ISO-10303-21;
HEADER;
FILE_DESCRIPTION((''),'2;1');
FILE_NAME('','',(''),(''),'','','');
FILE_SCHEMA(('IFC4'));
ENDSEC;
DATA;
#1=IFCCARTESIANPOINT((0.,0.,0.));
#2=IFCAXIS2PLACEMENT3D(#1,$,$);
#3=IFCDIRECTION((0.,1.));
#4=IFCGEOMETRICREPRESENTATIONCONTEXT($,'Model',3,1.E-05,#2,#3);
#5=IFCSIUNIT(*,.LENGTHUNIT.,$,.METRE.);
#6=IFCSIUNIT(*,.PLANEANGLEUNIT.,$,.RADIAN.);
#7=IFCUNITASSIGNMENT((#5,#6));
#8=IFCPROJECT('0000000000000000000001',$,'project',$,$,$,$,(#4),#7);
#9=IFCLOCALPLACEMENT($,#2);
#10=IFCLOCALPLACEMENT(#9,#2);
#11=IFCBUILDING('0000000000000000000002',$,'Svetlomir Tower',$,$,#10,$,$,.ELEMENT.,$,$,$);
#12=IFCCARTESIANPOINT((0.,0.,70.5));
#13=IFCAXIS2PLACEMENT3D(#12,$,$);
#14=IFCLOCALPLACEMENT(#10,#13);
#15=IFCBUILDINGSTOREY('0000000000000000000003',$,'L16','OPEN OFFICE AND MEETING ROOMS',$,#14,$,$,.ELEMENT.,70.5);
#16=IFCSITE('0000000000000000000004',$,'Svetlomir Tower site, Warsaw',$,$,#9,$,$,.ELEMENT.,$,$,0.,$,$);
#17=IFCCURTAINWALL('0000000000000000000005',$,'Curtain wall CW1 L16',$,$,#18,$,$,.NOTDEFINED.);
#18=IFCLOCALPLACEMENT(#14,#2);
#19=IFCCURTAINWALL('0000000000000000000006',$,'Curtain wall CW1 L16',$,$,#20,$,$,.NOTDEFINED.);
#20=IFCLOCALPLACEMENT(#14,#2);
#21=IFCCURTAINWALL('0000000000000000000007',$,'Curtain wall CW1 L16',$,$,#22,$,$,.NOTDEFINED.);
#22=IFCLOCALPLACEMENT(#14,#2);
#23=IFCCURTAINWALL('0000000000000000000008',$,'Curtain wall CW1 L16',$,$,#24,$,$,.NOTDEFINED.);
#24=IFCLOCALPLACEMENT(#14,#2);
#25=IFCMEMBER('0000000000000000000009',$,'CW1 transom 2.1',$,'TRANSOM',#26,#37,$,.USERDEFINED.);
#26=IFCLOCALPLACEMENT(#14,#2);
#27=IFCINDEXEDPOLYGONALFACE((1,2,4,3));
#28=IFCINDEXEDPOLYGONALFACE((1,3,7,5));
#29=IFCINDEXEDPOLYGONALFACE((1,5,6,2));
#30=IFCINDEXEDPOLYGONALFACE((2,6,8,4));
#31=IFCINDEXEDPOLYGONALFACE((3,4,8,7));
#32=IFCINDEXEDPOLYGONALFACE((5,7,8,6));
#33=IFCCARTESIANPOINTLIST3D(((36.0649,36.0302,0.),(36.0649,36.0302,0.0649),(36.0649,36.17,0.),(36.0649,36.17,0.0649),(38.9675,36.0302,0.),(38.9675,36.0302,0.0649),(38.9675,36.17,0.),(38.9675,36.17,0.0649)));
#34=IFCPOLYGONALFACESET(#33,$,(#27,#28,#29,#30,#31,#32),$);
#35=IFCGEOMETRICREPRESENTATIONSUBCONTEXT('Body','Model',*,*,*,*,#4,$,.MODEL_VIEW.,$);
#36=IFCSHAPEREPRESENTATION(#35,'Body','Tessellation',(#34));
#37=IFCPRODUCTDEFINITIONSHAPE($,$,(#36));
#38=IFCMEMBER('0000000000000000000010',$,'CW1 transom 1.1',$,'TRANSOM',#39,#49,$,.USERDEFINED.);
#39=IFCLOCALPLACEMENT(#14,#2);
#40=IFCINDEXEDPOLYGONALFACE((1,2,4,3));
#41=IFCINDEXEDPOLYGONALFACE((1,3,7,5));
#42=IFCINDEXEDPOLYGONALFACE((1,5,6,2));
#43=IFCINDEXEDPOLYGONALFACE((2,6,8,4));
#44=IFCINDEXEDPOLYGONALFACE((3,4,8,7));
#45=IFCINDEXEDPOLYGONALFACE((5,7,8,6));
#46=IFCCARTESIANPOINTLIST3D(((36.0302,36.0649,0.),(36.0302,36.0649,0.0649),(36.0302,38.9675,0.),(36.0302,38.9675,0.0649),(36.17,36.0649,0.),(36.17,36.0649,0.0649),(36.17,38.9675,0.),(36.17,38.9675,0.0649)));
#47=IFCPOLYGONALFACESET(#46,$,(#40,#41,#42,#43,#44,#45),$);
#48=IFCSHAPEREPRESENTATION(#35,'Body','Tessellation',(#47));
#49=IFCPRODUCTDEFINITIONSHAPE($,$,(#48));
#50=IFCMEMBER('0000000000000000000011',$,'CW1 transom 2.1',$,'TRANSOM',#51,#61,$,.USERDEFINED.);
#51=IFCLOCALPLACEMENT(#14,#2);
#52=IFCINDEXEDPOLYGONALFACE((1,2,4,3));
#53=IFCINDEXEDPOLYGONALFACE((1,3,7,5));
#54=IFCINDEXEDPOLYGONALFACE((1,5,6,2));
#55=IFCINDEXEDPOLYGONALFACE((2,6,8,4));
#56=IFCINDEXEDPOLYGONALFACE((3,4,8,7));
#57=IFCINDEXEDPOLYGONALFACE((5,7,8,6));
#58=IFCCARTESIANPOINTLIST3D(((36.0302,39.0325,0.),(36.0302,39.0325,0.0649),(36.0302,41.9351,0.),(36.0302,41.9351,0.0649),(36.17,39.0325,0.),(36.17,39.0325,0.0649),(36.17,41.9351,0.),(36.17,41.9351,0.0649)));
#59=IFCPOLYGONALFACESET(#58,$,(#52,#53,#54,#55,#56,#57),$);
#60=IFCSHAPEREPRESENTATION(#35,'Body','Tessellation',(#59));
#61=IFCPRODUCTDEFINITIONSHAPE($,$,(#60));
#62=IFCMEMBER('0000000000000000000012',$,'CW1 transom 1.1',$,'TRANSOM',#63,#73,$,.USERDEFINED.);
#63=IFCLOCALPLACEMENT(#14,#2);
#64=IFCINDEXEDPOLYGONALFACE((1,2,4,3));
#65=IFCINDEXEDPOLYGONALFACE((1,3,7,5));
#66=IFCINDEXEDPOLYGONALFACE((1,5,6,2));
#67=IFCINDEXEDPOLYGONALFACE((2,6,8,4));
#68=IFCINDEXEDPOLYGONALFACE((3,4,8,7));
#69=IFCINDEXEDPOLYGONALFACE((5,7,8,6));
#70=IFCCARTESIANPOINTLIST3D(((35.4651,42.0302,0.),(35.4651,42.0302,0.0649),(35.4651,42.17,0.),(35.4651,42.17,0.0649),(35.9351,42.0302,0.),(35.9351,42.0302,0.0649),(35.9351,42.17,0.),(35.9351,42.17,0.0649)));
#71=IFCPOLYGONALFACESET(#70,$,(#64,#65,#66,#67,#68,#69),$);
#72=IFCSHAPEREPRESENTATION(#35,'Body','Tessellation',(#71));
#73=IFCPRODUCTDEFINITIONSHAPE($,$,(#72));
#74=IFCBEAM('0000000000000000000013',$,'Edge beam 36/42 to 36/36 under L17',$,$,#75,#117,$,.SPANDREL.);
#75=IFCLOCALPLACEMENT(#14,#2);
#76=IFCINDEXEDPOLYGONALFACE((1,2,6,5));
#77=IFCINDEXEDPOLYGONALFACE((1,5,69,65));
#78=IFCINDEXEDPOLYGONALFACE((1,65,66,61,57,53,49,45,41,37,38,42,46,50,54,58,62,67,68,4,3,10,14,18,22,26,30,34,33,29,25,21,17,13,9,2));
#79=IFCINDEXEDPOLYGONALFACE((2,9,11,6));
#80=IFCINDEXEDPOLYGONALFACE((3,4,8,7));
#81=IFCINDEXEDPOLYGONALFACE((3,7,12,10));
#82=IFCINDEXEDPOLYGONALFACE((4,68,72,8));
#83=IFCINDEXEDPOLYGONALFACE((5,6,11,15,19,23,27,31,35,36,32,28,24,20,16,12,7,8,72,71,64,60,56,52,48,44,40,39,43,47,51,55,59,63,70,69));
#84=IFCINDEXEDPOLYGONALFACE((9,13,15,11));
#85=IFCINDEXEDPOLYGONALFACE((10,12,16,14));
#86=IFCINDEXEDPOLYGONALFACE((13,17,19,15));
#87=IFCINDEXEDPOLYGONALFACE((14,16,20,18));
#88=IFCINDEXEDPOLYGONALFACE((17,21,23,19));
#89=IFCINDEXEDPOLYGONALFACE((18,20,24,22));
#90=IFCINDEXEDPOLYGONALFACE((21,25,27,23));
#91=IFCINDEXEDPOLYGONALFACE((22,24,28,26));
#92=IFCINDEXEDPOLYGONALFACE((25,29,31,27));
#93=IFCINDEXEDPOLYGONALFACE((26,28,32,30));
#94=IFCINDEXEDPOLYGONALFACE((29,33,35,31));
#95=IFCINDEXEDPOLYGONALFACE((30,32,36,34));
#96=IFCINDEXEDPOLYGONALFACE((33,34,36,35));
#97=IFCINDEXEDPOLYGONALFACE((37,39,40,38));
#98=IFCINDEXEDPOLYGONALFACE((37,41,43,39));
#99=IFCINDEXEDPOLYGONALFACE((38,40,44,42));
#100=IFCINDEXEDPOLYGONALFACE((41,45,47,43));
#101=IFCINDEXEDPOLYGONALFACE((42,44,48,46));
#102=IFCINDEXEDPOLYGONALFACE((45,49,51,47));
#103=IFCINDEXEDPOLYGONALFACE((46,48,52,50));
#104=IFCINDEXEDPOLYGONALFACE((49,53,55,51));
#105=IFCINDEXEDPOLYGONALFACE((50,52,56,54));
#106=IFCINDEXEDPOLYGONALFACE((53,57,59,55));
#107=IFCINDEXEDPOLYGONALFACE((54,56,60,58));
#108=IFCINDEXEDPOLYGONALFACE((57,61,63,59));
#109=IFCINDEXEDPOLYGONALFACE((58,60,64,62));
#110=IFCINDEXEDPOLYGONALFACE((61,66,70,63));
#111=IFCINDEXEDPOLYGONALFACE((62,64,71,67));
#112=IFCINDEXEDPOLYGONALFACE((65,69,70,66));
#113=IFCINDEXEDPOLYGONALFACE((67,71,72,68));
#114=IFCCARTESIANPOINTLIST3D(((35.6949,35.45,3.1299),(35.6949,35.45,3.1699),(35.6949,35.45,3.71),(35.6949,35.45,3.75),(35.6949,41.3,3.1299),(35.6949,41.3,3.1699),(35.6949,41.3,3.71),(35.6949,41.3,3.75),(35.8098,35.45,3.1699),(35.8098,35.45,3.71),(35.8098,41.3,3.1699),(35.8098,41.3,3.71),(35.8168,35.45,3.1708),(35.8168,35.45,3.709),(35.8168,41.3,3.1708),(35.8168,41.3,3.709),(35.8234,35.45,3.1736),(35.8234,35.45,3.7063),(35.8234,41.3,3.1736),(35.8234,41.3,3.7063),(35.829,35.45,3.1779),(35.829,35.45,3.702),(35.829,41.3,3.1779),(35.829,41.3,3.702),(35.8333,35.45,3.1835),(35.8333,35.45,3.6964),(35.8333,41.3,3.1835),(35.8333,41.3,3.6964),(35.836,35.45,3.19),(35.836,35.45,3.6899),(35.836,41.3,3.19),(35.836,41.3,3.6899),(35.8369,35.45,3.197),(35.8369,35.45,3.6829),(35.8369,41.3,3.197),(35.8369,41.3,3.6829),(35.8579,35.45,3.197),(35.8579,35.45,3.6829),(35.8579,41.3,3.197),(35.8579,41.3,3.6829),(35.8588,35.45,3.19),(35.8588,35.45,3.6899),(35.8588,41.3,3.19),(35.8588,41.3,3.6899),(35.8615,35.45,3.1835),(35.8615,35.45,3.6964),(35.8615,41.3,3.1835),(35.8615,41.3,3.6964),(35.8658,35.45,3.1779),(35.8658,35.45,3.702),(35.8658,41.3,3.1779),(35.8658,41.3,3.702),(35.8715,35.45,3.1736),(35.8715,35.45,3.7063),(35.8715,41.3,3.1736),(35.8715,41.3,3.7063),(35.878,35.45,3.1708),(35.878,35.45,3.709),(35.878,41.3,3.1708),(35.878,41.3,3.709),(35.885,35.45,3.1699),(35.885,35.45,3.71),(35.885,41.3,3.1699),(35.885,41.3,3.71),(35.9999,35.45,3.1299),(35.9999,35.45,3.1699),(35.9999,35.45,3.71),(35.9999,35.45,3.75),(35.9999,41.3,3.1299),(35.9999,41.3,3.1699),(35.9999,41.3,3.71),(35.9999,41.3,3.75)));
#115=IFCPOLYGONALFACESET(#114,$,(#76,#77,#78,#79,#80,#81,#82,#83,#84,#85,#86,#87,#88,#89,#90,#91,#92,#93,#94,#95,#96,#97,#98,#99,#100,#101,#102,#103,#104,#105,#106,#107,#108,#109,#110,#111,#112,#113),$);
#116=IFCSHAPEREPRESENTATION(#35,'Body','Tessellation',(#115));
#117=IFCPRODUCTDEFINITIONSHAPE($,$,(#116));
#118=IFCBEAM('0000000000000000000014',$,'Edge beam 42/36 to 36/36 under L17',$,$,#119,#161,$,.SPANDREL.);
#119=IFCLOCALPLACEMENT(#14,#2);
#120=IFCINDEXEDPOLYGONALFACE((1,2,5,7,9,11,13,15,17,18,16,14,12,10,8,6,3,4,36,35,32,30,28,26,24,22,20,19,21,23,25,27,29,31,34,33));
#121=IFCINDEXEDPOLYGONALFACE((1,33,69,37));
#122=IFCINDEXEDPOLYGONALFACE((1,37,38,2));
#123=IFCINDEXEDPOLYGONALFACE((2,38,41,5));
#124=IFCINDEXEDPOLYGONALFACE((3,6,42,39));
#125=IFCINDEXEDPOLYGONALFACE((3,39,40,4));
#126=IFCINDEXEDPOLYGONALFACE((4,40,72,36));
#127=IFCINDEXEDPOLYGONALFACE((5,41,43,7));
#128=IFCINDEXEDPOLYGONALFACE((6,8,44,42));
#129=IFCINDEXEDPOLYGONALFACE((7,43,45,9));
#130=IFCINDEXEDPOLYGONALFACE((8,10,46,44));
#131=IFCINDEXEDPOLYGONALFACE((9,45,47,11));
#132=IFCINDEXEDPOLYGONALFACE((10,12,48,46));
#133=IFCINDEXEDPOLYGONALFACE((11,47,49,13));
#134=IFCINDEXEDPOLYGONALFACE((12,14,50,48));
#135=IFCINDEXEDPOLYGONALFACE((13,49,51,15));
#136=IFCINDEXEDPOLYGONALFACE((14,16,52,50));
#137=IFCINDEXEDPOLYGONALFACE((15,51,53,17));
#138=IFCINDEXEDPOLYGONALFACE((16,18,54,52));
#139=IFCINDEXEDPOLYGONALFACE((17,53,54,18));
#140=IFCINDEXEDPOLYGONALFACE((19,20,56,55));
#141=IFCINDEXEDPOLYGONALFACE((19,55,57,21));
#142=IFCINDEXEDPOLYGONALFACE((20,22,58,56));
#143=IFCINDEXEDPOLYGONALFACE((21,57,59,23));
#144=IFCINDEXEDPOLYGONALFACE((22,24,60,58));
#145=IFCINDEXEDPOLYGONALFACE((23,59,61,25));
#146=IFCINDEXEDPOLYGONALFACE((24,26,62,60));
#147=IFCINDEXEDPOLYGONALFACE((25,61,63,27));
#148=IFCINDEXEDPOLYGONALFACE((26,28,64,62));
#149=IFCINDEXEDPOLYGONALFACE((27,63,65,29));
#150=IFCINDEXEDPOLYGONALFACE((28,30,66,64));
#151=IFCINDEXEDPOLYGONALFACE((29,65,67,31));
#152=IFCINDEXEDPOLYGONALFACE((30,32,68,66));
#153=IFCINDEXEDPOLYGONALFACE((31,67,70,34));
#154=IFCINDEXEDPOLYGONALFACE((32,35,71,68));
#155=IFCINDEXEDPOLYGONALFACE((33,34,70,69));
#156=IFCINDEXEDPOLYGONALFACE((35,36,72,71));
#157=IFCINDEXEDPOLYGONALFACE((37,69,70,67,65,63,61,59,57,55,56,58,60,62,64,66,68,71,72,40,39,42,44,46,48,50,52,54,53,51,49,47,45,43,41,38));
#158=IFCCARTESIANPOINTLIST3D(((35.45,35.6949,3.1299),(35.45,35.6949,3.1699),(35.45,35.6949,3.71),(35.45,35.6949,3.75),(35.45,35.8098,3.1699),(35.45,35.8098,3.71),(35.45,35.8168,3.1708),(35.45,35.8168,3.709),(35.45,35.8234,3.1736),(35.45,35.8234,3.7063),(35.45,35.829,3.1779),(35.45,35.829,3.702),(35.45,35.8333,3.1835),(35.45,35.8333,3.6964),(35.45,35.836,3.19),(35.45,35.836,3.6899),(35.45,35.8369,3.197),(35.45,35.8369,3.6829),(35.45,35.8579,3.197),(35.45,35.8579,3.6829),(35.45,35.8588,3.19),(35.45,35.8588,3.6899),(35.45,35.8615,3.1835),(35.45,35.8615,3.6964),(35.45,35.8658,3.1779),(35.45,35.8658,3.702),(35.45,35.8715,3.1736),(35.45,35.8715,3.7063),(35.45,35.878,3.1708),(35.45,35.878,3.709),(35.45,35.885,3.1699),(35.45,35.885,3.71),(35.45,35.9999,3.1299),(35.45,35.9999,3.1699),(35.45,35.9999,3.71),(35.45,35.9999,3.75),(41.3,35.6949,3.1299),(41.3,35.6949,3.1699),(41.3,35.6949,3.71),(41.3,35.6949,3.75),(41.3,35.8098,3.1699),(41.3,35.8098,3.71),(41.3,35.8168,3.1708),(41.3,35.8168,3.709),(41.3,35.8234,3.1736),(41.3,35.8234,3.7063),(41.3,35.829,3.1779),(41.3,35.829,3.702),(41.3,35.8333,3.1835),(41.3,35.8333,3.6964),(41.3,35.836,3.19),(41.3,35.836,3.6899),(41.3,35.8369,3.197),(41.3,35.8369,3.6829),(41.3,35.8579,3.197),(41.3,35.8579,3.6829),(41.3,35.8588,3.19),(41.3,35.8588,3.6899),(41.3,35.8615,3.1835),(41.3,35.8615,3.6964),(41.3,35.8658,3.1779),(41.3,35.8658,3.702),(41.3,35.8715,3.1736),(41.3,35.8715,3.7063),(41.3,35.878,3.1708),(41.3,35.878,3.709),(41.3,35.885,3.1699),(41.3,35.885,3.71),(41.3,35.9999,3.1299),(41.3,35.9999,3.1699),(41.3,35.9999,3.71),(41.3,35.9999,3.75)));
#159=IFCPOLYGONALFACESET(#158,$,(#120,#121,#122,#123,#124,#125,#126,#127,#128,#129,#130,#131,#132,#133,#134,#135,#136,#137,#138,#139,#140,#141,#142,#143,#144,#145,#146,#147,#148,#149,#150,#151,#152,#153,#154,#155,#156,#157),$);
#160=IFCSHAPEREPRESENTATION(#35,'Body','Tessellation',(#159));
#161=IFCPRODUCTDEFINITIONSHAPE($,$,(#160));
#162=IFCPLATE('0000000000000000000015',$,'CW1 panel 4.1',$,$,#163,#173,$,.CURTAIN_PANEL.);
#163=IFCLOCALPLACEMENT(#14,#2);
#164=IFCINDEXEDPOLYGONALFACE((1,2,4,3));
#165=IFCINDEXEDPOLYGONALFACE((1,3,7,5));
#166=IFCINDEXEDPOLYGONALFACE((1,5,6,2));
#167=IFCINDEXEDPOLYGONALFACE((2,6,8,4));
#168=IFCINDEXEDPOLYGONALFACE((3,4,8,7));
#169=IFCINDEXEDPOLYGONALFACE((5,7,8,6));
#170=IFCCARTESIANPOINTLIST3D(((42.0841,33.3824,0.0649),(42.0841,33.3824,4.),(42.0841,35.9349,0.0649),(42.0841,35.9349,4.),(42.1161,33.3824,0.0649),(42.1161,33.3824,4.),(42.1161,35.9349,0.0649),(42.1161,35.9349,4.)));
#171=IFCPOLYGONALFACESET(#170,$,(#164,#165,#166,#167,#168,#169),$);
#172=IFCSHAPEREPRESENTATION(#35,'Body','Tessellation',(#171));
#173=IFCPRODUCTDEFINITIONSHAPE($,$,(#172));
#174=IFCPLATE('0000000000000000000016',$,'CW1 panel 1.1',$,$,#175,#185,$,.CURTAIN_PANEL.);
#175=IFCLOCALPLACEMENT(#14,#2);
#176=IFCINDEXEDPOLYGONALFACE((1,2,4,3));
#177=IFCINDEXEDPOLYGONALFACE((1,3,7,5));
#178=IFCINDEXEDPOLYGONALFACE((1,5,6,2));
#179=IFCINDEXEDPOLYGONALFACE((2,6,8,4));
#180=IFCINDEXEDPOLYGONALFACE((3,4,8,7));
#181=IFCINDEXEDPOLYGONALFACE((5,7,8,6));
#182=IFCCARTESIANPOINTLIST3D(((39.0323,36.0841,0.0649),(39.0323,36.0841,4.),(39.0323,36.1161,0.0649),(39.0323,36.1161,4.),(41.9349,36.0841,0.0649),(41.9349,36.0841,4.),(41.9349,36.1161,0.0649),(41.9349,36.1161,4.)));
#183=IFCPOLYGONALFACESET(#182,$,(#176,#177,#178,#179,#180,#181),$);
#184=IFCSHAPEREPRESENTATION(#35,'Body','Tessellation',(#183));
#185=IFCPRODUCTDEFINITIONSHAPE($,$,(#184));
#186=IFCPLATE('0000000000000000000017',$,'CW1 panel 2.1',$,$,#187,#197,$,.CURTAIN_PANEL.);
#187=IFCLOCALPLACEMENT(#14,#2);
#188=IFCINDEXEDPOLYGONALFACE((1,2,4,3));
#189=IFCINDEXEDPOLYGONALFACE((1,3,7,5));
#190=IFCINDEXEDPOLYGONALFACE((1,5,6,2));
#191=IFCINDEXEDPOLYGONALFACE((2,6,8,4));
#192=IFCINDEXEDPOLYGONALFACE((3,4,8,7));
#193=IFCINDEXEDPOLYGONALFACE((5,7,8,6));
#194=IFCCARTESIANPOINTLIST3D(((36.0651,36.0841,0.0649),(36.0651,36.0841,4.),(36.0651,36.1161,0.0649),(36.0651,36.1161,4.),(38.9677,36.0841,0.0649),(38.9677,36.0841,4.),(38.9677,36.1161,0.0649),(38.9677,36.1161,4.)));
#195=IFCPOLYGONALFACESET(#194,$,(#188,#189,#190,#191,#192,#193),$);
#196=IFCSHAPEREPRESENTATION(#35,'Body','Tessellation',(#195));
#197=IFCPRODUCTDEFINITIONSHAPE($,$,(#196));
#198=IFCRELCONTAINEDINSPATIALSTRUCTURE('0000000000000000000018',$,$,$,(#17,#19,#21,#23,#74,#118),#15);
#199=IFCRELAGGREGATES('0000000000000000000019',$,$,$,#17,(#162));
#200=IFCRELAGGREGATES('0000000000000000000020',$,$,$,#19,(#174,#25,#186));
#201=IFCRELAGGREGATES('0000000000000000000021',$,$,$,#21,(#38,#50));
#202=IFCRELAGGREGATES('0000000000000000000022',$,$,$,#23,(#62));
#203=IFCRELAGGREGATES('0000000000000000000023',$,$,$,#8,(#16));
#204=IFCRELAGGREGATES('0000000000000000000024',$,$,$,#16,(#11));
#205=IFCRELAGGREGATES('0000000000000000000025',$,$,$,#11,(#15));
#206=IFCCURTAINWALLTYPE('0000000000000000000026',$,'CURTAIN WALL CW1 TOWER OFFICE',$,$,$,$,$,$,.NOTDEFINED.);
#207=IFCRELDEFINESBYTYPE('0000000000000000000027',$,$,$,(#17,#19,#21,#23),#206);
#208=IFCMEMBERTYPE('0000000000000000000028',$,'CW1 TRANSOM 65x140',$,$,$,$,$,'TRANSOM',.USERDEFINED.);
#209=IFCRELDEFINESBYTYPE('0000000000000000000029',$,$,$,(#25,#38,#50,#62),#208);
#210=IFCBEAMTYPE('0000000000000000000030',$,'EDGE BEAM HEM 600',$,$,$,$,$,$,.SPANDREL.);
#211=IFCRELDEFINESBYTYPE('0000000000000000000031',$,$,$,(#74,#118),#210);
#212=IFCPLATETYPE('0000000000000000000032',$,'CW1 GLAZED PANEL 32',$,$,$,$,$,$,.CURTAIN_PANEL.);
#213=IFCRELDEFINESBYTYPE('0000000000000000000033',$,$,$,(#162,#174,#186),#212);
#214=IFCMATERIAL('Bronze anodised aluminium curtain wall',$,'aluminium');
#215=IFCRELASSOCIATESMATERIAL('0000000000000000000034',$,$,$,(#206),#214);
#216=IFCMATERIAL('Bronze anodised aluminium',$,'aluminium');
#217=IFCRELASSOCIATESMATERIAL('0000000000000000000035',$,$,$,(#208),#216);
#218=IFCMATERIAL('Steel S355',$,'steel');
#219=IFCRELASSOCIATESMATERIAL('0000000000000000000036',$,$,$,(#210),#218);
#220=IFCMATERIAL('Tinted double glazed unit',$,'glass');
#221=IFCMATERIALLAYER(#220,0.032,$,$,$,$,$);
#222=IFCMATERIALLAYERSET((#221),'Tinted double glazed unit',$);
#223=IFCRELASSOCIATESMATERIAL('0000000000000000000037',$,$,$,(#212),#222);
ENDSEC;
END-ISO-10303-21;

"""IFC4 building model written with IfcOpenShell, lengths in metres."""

from ifc_helpers import new_model, si_unit, direction, frame, origin, origin_2d, place, context, subcontext, project, spatial, rectangle, i_section, extrude, material, layer, layer_set, material_profile, profile_set, type_object, element, aggregate, save


model = new_model("IFC4")

# Units and contexts
model_context = context("Model", 3, precision=1e-05, world=origin(), true_north=direction((0.0, 1.0)))
body_context = subcontext(model_context, "Body", "Model", "MODEL_VIEW")
ifc_project = project(units=[si_unit("LENGTHUNIT", "METRE"), si_unit("PLANEANGLEUNIT", "RADIAN")], contexts=[model_context])

# Site, building, storey
site_placement = place(None, origin())
site = spatial("IfcSite", under=ifc_project, at=site_placement, Name="Svetlomir Tower site, Warsaw", CompositionType="ELEMENT", RefElevation=0.0)
building_placement = place(site_placement, origin())
building = spatial("IfcBuilding", under=site, at=building_placement, Name="Svetlomir Tower", CompositionType="ELEMENT")
storey_placement = place(building_placement, frame((0.0, 0.0, 70.5)))
storey = spatial("IfcBuildingStorey", under=building, at=storey_placement, Name="L16", Description="OPEN OFFICE AND MEETING ROOMS", CompositionType="ELEMENT", Elevation=70.5)

# Curtain wall
ifc_material_1 = material(Name="Bronze anodised aluminium curtain wall", Category="aluminium")
curtain_wall_type = type_object("IfcCurtainWallType", Name="CURTAIN WALL CW1 TOWER OFFICE", PredefinedType="NOTDEFINED", material=ifc_material_1)
curtain_wall_1_placement = place(storey_placement, origin())
curtain_wall_1 = element("IfcCurtainWall", 1, at=curtain_wall_1_placement, inside=storey, type_object=curtain_wall_type, Name="Curtain wall CW1 L16", PredefinedType="NOTDEFINED")

# Curtain walls
curtain_wall_2_placement = place(storey_placement, origin())
curtain_wall_2 = element("IfcCurtainWall", 2, at=curtain_wall_2_placement, inside=storey, type_object=curtain_wall_type, Name="Curtain wall CW1 L16", PredefinedType="NOTDEFINED")
curtain_wall_3_placement = place(storey_placement, origin())
curtain_wall_3 = element("IfcCurtainWall", 3, at=curtain_wall_3_placement, inside=storey, type_object=curtain_wall_type, Name="Curtain wall CW1 L16", PredefinedType="NOTDEFINED")
curtain_wall_4_placement = place(storey_placement, origin())
curtain_wall_4 = element("IfcCurtainWall", 4, at=curtain_wall_4_placement, inside=storey, type_object=curtain_wall_type, Name="Curtain wall CW1 L16", PredefinedType="NOTDEFINED")

# Members
ifc_material_2 = material(Name="Bronze anodised aluminium", Category="aluminium")
ifc_material_profile_1 = material_profile(ifc_material_2, rectangle(XDim=0.1399, YDim=0.0649, at=origin_2d()), Name="AL 140x65")
ifc_profile_set_1 = profile_set([ifc_material_profile_1], Name="Bronze anodised aluminium 6063-T6")
member_type_1 = type_object("IfcMemberType", Name="CW1 TRANSOM 65x140", ElementType="TRANSOM", PredefinedType="USERDEFINED", material=ifc_profile_set_1)
member_1_placement = place(storey_placement, frame((38.9675, 36.1001, 0.0325), z_axis=(-1.0, 0.0, 0.0), x_axis=(0.0, -1.0, 0.0)))
member_1 = element("IfcMember", 5, at=member_1_placement, type_object=member_type_1, Name="CW1 transom 2.1", ObjectType="TRANSOM", PredefinedType="USERDEFINED", context=body_context, shape_type="SweptSolid", body=[
    extrude(rectangle(XDim=0.1399, YDim=0.0649, at=origin_2d()), origin(), (0.0, 0.0, 1.0), 2.9026),
])
member_2_placement = place(storey_placement, frame((36.1001, 36.0649, 0.0325), z_axis=(0.0, 1.0, 0.0), x_axis=(-1.0, 0.0, 0.0)))
member_2 = element("IfcMember", 6, at=member_2_placement, type_object=member_type_1, Name="CW1 transom 1.1", ObjectType="TRANSOM", PredefinedType="USERDEFINED", context=body_context, shape_type="SweptSolid", body=[
    extrude(rectangle(XDim=0.1399, YDim=0.0649, at=origin_2d()), origin(), (0.0, 0.0, 1.0), 2.9026),
])
member_3_placement = place(storey_placement, frame((36.1001, 39.0325, 0.0325), z_axis=(0.0, 1.0, 0.0), x_axis=(-1.0, 0.0, 0.0)))
member_3 = element("IfcMember", 7, at=member_3_placement, type_object=member_type_1, Name="CW1 transom 2.1", ObjectType="TRANSOM", PredefinedType="USERDEFINED", context=body_context, shape_type="SweptSolid", body=[
    extrude(rectangle(XDim=0.1399, YDim=0.0649, at=origin_2d()), origin(), (0.0, 0.0, 1.0), 2.9026),
])
member_4_placement = place(storey_placement, frame((35.9351, 42.1001, 0.0325), z_axis=(-1.0, 0.0, 0.0), x_axis=(0.0, -1.0, 0.0)))
member_4 = element("IfcMember", 8, at=member_4_placement, type_object=member_type_1, Name="CW1 transom 1.1", ObjectType="TRANSOM", PredefinedType="USERDEFINED", context=body_context, shape_type="SweptSolid", body=[
    extrude(rectangle(XDim=0.1399, YDim=0.0649, at=origin_2d()), origin(), (0.0, 0.0, 1.0), 0.47),
])

# Beams
ifc_material_3 = material(Name="Steel S355", Category="steel")
ifc_material_profile_2 = material_profile(ifc_material_3, i_section(OverallWidth=0.3049, OverallDepth=0.6201, WebThickness=0.021, FlangeThickness=0.04, FilletRadius=0.0271, at=origin_2d()), Name="HEM 600")
ifc_profile_set_2 = profile_set([ifc_material_profile_2], Name="Steel S355")
beam_type_1 = type_object("IfcBeamType", Name="EDGE BEAM HEM 600", PredefinedType="SPANDREL", material=ifc_profile_set_2)
for number, where, z_axis, x_axis, name in (
    (9, (35.8474, 41.3, 3.4399), (0.0, -1.0, 0.0), (1.0, 0.0, 0.0), "Edge beam 36/42 to 36/36 under L17"),
    (10, (41.3, 35.8474, 3.4399), (-1.0, 0.0, 0.0), (0.0, -1.0, 0.0), "Edge beam 42/36 to 36/36 under L17"),
):
    element("IfcBeam", number, at=place(storey_placement, frame(where, z_axis=z_axis, x_axis=x_axis)), inside=storey, type_object=beam_type_1, Name=name, PredefinedType="SPANDREL", context=body_context, shape_type="SweptSolid", body=[
        extrude(i_section(OverallWidth=0.3049, OverallDepth=0.6201, WebThickness=0.021, FlangeThickness=0.04, FilletRadius=0.0271, at=origin_2d()), origin(), (0.0, 0.0, 1.0), 5.8501),
    ])

# Plates
ifc_material_4 = material(Name="Tinted double glazed unit", Category="glass")
ifc_layer_1 = layer(ifc_material_4, 0.032)
ifc_layer_set_1 = layer_set([ifc_layer_1], Name="Tinted double glazed unit")
plate_type = type_object("IfcPlateType", Name="CW1 GLAZED PANEL 32", PredefinedType="CURTAIN_PANEL", material=ifc_layer_set_1)
plate_1_placement = place(storey_placement, frame((42.1001, 34.6587, 0.0649), z_axis=(0.0, 0.0, 1.0), x_axis=(0.0, 1.0, 0.0)))
plate_1 = element("IfcPlate", 11, at=plate_1_placement, type_object=plate_type, Name="CW1 panel 4.1", PredefinedType="CURTAIN_PANEL", context=body_context, shape_type="SweptSolid", body=[
    extrude(rectangle(XDim=2.5525, YDim=0.032, at=origin_2d()), origin(), (0.0, 0.0, 1.0), 3.9351),
])
aggregate(curtain_wall_1, [plate_1])
plate_2_placement = place(storey_placement, frame((40.4836, 36.1001, 0.0649), z_axis=(0.0, 0.0, 1.0), x_axis=(-1.0, 0.0, 0.0)))
plate_2 = element("IfcPlate", 12, at=plate_2_placement, type_object=plate_type, Name="CW1 panel 1.1", PredefinedType="CURTAIN_PANEL", context=body_context, shape_type="SweptSolid", body=[
    extrude(rectangle(XDim=2.9026, YDim=0.032, at=origin_2d()), origin(), (0.0, 0.0, 1.0), 3.9351),
])
plate_3_placement = place(storey_placement, frame((37.5164, 36.1001, 0.0649), z_axis=(0.0, 0.0, 1.0), x_axis=(-1.0, 0.0, 0.0)))
plate_3 = element("IfcPlate", 13, at=plate_3_placement, type_object=plate_type, Name="CW1 panel 2.1", PredefinedType="CURTAIN_PANEL", context=body_context, shape_type="SweptSolid", body=[
    extrude(rectangle(XDim=2.9026, YDim=0.032, at=origin_2d()), origin(), (0.0, 0.0, 1.0), 3.9351),
])
aggregate(curtain_wall_2, [plate_2, member_1, plate_3])
aggregate(curtain_wall_3, [member_2, member_3])
aggregate(curtain_wall_4, [member_4])

save(model, "model.ifc")
